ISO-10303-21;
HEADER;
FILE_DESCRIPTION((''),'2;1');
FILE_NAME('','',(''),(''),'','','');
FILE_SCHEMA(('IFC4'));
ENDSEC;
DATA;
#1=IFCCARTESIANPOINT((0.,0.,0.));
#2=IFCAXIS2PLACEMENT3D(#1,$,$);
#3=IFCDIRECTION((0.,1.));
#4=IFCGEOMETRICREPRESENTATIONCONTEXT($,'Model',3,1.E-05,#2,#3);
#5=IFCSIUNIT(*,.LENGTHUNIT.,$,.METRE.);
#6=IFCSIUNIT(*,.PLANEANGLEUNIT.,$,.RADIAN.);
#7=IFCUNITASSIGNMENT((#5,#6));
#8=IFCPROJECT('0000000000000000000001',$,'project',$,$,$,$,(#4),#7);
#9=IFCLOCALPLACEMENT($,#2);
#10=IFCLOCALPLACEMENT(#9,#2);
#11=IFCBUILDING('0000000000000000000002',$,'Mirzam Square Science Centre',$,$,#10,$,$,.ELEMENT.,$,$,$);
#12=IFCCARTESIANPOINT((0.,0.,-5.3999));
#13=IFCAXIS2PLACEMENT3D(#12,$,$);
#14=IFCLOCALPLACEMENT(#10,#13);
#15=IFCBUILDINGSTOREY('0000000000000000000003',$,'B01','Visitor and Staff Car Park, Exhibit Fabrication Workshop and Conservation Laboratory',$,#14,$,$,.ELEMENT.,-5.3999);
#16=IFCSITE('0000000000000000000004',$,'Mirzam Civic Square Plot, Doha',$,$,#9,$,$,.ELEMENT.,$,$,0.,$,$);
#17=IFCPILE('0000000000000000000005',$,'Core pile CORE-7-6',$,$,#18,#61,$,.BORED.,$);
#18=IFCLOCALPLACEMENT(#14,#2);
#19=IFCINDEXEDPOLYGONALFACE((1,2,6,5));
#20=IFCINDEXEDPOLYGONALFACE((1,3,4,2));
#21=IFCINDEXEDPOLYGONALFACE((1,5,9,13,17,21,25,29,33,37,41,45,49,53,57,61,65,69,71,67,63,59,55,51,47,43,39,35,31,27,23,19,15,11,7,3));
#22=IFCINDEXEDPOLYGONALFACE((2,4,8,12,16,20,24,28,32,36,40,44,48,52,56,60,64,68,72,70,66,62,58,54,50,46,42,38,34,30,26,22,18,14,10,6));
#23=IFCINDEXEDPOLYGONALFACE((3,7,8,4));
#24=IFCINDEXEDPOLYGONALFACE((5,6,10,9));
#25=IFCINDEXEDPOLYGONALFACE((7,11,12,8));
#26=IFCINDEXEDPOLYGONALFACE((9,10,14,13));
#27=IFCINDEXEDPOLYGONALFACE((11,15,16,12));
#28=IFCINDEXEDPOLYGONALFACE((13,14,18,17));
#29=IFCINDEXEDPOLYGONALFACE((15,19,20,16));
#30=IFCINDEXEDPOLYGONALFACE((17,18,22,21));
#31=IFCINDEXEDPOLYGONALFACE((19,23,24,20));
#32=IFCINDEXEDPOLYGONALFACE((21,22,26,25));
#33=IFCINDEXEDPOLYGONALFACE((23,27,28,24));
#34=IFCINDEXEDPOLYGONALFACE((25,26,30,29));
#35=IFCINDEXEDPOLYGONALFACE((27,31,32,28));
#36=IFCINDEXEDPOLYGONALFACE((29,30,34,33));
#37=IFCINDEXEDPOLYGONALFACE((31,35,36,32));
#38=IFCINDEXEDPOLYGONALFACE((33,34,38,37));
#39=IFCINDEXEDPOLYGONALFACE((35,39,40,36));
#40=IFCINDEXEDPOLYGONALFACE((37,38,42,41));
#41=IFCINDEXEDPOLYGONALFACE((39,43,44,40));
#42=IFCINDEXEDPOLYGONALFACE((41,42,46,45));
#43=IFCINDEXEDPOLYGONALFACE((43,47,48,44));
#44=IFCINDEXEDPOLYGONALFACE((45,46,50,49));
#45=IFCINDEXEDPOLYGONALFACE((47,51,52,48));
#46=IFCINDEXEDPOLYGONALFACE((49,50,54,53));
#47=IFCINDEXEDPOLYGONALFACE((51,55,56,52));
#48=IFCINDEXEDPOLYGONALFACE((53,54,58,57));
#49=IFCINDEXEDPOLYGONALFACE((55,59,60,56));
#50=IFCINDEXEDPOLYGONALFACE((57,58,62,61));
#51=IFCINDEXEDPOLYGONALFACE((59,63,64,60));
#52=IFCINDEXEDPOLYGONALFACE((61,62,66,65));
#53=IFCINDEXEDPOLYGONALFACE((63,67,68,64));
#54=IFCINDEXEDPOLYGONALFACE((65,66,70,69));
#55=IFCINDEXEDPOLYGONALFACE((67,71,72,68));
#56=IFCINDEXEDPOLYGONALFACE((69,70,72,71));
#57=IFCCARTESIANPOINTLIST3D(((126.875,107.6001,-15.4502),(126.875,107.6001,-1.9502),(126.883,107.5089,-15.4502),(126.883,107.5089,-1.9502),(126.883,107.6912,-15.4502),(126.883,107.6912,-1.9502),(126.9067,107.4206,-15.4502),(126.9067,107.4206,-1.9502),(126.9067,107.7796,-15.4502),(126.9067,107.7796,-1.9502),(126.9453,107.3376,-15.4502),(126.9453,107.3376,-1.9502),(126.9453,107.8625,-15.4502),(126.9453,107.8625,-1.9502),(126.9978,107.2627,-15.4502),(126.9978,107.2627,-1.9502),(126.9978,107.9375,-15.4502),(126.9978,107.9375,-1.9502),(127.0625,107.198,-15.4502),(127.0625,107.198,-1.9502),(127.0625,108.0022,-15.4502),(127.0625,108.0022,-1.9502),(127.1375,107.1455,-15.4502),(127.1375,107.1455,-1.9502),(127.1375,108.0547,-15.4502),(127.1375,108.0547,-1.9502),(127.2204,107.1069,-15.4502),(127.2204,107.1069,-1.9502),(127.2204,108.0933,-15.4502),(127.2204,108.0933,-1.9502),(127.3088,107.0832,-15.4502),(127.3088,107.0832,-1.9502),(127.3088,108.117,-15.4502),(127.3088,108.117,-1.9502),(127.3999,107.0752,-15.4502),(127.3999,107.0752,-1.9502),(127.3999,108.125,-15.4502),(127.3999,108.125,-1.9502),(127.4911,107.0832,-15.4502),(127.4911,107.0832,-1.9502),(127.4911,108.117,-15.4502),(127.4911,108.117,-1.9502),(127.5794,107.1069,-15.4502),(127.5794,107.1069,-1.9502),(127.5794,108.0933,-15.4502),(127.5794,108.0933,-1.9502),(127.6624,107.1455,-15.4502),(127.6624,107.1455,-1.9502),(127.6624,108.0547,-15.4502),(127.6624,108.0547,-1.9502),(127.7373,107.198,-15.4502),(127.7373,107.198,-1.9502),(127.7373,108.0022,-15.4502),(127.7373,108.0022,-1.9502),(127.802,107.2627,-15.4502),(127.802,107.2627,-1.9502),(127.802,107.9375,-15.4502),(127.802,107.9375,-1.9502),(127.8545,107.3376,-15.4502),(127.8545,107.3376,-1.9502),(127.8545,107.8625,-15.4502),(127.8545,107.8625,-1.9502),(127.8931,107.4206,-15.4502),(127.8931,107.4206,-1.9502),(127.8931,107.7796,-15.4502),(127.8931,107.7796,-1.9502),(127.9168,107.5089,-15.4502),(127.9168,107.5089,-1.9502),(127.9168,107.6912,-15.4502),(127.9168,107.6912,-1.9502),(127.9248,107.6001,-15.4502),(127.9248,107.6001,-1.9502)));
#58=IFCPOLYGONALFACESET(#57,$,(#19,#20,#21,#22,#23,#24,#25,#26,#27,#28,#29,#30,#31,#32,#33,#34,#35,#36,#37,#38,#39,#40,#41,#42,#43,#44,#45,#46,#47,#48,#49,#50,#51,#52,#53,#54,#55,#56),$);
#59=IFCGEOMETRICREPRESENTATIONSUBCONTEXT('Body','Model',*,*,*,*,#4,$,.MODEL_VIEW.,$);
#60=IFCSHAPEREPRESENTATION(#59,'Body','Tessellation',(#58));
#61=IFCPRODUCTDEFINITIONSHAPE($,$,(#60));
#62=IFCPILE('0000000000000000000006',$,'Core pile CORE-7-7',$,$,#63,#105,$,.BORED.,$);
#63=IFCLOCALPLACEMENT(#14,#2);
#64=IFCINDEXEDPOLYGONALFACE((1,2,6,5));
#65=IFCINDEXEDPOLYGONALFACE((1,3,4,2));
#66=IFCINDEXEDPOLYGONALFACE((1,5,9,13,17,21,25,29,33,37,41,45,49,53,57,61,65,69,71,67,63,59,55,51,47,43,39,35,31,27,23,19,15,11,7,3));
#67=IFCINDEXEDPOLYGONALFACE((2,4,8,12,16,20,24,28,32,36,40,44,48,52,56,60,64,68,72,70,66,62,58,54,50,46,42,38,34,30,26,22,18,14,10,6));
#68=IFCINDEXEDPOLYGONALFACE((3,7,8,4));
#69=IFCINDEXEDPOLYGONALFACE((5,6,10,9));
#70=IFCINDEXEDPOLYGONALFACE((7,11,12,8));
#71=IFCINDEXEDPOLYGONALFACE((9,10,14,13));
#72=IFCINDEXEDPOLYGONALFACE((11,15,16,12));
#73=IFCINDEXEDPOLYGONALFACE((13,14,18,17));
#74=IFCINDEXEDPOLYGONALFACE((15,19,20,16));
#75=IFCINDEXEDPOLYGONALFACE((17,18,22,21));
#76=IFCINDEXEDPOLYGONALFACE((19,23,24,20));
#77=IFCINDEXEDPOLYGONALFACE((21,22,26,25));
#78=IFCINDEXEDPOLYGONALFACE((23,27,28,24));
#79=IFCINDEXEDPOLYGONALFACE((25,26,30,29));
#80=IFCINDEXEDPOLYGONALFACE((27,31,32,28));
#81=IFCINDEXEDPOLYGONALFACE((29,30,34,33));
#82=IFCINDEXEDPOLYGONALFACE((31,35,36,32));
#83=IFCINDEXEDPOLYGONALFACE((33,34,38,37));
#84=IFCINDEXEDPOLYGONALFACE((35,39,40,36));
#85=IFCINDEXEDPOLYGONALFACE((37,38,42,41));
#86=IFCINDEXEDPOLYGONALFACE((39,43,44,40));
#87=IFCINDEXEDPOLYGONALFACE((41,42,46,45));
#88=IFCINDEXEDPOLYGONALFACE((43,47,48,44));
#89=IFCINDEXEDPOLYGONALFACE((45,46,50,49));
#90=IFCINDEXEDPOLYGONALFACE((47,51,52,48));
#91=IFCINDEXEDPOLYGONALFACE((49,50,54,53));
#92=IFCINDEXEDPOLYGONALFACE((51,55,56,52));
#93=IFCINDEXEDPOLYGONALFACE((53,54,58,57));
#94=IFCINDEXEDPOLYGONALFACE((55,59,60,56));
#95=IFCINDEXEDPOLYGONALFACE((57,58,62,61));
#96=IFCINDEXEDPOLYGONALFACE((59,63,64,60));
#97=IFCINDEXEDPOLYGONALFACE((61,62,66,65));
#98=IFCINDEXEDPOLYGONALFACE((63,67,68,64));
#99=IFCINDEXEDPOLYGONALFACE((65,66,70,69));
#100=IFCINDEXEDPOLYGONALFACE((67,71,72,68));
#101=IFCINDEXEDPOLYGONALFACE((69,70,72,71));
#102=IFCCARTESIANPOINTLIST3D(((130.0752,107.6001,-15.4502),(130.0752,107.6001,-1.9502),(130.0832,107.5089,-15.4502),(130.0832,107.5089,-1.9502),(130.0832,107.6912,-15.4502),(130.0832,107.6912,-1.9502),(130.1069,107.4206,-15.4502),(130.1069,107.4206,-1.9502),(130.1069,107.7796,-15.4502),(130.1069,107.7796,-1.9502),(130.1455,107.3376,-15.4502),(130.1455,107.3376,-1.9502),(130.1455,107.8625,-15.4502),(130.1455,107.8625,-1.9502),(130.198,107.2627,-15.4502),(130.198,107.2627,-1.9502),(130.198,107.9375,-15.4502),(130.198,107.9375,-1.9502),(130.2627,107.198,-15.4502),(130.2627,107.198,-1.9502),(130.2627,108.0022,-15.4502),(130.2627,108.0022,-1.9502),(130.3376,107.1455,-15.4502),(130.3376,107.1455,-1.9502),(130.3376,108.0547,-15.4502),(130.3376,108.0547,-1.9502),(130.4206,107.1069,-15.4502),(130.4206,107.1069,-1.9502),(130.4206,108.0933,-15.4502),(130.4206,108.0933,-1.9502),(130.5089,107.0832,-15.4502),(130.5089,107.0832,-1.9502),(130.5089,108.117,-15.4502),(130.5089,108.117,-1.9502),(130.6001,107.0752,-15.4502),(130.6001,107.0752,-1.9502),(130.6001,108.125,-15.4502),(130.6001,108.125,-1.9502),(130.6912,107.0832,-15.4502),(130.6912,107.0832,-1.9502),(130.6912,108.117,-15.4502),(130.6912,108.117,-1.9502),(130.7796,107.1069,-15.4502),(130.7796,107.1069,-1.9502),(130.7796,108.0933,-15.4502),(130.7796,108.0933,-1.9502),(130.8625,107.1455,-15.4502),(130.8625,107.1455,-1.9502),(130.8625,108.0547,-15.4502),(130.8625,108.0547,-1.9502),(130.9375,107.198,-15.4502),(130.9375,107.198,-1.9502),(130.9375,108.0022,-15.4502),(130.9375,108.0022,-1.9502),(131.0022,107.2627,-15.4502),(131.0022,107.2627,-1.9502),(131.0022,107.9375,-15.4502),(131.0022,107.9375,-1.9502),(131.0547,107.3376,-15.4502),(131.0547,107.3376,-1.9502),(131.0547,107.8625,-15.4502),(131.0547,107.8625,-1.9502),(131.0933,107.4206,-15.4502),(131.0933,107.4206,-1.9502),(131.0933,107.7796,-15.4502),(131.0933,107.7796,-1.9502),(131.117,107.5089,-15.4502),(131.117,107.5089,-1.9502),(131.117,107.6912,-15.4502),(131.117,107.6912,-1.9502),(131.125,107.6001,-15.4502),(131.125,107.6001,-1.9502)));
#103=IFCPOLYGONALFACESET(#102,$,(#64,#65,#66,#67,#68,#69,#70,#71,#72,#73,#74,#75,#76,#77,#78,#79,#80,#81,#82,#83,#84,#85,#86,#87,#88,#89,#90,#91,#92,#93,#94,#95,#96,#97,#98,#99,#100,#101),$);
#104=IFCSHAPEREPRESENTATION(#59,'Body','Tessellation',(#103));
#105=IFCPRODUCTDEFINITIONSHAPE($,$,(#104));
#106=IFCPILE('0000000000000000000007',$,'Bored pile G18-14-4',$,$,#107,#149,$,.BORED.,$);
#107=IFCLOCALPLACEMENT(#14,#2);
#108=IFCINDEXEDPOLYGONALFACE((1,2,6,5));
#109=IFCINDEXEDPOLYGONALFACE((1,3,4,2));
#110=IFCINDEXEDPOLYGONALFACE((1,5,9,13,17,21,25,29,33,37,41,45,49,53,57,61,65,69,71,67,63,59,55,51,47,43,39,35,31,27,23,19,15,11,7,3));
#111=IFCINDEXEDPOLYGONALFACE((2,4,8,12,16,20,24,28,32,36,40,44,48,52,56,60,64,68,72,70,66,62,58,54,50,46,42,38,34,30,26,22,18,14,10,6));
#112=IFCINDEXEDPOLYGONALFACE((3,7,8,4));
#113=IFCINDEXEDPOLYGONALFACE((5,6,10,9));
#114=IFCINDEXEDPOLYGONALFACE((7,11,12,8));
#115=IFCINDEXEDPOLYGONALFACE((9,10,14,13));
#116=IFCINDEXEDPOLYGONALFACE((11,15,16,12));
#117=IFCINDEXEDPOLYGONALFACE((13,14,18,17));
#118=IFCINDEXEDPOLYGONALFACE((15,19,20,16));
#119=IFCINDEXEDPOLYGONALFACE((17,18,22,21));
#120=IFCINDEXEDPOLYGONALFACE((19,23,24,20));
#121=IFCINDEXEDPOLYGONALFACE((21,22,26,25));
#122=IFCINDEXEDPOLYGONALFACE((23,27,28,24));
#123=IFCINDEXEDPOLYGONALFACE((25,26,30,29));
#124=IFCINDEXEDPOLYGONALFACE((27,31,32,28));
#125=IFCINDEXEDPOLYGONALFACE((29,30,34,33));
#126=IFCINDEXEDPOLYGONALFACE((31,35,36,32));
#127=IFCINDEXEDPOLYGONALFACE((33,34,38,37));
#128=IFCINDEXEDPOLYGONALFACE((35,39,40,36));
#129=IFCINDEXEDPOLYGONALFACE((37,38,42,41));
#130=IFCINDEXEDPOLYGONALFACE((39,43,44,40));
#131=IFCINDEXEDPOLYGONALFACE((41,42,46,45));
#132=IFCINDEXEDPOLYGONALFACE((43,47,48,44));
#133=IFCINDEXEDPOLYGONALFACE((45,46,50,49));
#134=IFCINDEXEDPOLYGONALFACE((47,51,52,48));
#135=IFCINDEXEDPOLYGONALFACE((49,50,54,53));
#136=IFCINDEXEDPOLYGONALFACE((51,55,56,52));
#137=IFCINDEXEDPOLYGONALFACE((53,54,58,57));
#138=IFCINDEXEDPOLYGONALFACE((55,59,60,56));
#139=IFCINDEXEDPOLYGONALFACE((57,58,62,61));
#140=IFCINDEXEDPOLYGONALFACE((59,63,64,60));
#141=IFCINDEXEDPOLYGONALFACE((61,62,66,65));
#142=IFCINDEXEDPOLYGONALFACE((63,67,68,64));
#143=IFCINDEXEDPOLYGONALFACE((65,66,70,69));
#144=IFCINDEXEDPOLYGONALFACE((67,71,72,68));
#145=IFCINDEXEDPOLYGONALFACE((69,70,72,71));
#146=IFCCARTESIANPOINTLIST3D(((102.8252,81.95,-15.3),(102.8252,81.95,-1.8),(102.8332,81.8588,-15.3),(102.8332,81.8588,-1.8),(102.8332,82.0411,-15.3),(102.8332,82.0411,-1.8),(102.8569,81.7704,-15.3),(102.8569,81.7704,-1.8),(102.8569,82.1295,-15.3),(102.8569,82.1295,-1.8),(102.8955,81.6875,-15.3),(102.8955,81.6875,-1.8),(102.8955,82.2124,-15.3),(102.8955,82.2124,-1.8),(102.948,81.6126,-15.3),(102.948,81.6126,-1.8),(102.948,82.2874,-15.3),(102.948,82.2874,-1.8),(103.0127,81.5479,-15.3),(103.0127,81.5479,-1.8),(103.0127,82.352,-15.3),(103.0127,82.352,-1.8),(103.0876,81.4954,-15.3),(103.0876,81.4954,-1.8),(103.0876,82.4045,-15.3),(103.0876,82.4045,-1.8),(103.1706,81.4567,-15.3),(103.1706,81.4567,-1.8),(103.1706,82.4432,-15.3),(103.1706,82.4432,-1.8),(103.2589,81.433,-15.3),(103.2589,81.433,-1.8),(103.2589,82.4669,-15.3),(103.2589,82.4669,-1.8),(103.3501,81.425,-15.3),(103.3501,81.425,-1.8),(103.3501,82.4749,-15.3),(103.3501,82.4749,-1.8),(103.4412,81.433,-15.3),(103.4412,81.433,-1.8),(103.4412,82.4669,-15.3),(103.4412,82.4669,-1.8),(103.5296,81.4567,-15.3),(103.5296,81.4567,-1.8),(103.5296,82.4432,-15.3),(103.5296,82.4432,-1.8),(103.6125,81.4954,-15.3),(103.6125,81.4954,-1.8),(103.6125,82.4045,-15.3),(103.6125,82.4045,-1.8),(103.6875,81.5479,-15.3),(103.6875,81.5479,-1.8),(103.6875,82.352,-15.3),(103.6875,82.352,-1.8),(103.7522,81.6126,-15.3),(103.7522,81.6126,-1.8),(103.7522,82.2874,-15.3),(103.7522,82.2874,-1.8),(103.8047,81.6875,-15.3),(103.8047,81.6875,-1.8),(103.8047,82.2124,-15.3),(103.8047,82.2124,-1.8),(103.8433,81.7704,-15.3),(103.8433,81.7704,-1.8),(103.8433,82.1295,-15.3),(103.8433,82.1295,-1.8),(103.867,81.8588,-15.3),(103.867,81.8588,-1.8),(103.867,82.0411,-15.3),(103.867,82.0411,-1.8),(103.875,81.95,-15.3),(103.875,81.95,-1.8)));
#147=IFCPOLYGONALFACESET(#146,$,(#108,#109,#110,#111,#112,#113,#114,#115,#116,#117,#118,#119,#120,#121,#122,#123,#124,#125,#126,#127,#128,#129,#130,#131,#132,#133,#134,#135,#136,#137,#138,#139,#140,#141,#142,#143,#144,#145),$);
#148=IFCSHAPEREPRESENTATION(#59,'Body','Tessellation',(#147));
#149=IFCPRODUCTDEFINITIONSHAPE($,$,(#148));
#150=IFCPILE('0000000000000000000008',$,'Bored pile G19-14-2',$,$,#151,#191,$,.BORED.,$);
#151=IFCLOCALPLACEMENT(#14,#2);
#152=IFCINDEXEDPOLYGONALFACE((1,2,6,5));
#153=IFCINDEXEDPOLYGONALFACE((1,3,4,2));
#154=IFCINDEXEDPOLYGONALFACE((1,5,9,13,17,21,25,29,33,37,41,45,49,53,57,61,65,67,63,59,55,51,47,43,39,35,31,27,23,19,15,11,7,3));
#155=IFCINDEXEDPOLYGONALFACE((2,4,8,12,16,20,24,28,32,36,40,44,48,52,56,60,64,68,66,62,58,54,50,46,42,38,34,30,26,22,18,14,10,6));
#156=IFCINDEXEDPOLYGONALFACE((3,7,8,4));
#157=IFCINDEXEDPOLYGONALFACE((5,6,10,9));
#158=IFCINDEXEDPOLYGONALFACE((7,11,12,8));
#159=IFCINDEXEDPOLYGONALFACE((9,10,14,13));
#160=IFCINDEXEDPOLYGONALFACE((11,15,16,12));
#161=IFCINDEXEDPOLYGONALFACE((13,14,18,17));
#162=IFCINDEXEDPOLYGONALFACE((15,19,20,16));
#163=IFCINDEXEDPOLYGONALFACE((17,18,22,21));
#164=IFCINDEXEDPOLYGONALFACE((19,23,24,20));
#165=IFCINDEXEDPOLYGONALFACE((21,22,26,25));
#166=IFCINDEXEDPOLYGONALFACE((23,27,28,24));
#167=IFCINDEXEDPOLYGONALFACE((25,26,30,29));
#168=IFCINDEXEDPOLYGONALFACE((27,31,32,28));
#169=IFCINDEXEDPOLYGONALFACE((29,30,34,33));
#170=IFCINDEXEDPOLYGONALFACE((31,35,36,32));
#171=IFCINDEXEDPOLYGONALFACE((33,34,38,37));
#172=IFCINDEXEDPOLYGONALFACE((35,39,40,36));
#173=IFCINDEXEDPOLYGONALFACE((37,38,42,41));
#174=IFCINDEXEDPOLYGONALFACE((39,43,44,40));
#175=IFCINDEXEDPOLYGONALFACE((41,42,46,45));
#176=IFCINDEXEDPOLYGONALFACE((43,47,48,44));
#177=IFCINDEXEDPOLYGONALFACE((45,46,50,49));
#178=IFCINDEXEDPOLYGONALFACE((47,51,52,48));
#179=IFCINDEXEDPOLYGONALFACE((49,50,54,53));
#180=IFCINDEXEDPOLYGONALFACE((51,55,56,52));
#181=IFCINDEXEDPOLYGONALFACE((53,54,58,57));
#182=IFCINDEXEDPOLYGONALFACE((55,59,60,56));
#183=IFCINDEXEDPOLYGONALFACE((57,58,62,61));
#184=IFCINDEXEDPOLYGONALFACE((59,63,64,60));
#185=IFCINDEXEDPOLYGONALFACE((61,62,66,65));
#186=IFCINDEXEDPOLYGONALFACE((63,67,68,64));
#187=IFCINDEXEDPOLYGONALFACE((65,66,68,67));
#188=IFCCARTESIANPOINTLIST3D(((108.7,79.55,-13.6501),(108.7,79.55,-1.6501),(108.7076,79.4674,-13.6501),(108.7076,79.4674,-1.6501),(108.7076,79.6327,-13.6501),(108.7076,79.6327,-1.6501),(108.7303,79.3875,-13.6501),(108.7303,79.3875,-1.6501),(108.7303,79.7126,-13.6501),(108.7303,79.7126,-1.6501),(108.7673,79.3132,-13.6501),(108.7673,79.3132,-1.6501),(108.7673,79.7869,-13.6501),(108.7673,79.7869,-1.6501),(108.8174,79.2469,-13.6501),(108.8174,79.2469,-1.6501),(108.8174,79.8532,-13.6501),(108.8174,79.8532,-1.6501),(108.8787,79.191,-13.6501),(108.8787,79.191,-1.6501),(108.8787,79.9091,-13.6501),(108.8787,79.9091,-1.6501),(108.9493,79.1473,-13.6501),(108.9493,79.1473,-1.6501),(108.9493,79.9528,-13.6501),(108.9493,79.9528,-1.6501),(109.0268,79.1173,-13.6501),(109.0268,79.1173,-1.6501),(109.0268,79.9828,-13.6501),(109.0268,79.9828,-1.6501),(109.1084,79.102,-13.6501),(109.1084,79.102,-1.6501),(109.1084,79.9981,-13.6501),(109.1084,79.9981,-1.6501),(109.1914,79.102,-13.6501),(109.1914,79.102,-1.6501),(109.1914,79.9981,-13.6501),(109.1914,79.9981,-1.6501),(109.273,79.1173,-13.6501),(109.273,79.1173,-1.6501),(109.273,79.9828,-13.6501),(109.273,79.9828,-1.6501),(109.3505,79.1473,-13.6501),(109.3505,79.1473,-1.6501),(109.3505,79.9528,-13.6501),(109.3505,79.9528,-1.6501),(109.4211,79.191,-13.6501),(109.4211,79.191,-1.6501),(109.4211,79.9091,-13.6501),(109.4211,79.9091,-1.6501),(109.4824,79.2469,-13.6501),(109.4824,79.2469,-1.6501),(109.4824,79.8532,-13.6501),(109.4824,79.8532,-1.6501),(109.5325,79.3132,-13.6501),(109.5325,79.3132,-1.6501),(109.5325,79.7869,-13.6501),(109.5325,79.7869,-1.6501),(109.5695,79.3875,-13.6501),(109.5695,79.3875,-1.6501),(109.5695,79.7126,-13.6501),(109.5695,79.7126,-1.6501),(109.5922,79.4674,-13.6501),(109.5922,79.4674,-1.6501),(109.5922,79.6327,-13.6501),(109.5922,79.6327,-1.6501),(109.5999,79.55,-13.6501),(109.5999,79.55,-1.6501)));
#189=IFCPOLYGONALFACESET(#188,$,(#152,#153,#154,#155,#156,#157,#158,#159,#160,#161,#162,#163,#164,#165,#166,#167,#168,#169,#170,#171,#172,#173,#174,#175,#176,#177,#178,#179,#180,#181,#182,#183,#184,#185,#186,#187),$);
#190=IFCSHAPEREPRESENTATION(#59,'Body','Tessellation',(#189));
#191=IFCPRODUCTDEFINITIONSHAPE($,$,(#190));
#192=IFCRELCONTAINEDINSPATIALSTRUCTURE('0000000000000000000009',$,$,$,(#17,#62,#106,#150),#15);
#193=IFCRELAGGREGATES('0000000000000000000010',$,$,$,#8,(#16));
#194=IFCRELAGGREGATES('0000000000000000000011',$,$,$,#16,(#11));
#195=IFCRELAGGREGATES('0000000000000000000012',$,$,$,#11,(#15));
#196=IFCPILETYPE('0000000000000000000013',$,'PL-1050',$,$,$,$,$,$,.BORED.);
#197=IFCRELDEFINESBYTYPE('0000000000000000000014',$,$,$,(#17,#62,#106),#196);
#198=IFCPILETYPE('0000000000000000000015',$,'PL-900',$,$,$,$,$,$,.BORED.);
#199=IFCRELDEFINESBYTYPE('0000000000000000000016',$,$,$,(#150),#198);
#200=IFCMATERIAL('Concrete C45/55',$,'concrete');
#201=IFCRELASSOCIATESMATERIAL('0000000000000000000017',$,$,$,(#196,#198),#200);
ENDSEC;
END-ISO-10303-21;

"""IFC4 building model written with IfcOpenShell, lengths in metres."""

from ifc_helpers import new_model, si_unit, direction, frame, origin, origin_2d, place, context, subcontext, project, spatial, circle, extrude, material, material_profile, profile_set, type_object, element, save


model = new_model("IFC4")

# Units and contexts
model_context = context("Model", 3, precision=1e-05, world=origin(), true_north=direction((0.0, 1.0)))
body_context = subcontext(model_context, "Body", "Model", "MODEL_VIEW")
ifc_project = project(units=[si_unit("LENGTHUNIT", "METRE"), si_unit("PLANEANGLEUNIT", "RADIAN")], contexts=[model_context])

# Site, building, storey
site_placement = place(None, origin())
site = spatial("IfcSite", under=ifc_project, at=site_placement, Name="Mirzam Civic Square Plot, Doha", CompositionType="ELEMENT", RefElevation=0.0)
building_placement = place(site_placement, origin())
building = spatial("IfcBuilding", under=site, at=building_placement, Name="Mirzam Square Science Centre", CompositionType="ELEMENT")
storey_placement = place(building_placement, frame((0.0, 0.0, -5.3999)))
storey = spatial("IfcBuildingStorey", under=building, at=storey_placement, Name="B01", Description="Visitor and Staff Car Park, Exhibit Fabrication Workshop and Conservation Laboratory", CompositionType="ELEMENT", Elevation=-5.3999)

# Shared definitions
ifc_material_1 = material(Name="Concrete C45/55", Category="concrete")

# Piles
ifc_material_profile_1 = material_profile(ifc_material_1, circle(Radius=0.5249, at=origin_2d()), Name="PILE-D1050")
ifc_profile_set_1 = profile_set([ifc_material_profile_1], Name="Concrete C45/55")
pile_type_1 = type_object("IfcPileType", Name="PL-1050", PredefinedType="BORED", material=ifc_profile_set_1)
for number, where, z_axis, x_axis, name in (
    (1, (127.3999, 107.6001, -1.9502), (0.0, 0.0, -1.0), (1.0, 0.0, 0.0), "Core pile CORE-7-6"),
    (2, (130.6001, 107.6001, -1.9502), (0.0, 0.0, -1.0), (1.0, 0.0, 0.0), "Core pile CORE-7-7"),
    (3, (103.3501, 81.95, -1.8), (0.0, 0.0, -1.0), (1.0, 0.0, 0.0), "Bored pile G18-14-4"),
):
    element("IfcPile", number, at=place(storey_placement, frame(where, z_axis=z_axis, x_axis=x_axis)), inside=storey, type_object=pile_type_1, Name=name, PredefinedType="BORED", context=body_context, shape_type="SweptSolid", body=[
        extrude(circle(Radius=0.5249, at=origin_2d()), origin(), (0.0, 0.0, 1.0), 13.5),
    ])
ifc_material_profile_2 = material_profile(ifc_material_1, circle(Radius=0.45, at=origin_2d()), Name="PILE-D900")
ifc_profile_set_2 = profile_set([ifc_material_profile_2], Name="Concrete C45/55")
pile_type_2 = type_object("IfcPileType", Name="PL-900", PredefinedType="BORED", material=ifc_profile_set_2)
for number, where, z_axis, x_axis, name in (
    (4, (109.1499, 79.55, -1.6501), (0.0, 0.0, -1.0), (1.0, 0.0, 0.0), "Bored pile G19-14-2"),
):
    element("IfcPile", number, at=place(storey_placement, frame(where, z_axis=z_axis, x_axis=x_axis)), inside=storey, type_object=pile_type_2, Name=name, PredefinedType="BORED", context=body_context, shape_type="SweptSolid", body=[
        extrude(circle(Radius=0.45, at=origin_2d()), origin(), (0.0, 0.0, 1.0), 12.0),
    ])

save(model, "model.ifc")
